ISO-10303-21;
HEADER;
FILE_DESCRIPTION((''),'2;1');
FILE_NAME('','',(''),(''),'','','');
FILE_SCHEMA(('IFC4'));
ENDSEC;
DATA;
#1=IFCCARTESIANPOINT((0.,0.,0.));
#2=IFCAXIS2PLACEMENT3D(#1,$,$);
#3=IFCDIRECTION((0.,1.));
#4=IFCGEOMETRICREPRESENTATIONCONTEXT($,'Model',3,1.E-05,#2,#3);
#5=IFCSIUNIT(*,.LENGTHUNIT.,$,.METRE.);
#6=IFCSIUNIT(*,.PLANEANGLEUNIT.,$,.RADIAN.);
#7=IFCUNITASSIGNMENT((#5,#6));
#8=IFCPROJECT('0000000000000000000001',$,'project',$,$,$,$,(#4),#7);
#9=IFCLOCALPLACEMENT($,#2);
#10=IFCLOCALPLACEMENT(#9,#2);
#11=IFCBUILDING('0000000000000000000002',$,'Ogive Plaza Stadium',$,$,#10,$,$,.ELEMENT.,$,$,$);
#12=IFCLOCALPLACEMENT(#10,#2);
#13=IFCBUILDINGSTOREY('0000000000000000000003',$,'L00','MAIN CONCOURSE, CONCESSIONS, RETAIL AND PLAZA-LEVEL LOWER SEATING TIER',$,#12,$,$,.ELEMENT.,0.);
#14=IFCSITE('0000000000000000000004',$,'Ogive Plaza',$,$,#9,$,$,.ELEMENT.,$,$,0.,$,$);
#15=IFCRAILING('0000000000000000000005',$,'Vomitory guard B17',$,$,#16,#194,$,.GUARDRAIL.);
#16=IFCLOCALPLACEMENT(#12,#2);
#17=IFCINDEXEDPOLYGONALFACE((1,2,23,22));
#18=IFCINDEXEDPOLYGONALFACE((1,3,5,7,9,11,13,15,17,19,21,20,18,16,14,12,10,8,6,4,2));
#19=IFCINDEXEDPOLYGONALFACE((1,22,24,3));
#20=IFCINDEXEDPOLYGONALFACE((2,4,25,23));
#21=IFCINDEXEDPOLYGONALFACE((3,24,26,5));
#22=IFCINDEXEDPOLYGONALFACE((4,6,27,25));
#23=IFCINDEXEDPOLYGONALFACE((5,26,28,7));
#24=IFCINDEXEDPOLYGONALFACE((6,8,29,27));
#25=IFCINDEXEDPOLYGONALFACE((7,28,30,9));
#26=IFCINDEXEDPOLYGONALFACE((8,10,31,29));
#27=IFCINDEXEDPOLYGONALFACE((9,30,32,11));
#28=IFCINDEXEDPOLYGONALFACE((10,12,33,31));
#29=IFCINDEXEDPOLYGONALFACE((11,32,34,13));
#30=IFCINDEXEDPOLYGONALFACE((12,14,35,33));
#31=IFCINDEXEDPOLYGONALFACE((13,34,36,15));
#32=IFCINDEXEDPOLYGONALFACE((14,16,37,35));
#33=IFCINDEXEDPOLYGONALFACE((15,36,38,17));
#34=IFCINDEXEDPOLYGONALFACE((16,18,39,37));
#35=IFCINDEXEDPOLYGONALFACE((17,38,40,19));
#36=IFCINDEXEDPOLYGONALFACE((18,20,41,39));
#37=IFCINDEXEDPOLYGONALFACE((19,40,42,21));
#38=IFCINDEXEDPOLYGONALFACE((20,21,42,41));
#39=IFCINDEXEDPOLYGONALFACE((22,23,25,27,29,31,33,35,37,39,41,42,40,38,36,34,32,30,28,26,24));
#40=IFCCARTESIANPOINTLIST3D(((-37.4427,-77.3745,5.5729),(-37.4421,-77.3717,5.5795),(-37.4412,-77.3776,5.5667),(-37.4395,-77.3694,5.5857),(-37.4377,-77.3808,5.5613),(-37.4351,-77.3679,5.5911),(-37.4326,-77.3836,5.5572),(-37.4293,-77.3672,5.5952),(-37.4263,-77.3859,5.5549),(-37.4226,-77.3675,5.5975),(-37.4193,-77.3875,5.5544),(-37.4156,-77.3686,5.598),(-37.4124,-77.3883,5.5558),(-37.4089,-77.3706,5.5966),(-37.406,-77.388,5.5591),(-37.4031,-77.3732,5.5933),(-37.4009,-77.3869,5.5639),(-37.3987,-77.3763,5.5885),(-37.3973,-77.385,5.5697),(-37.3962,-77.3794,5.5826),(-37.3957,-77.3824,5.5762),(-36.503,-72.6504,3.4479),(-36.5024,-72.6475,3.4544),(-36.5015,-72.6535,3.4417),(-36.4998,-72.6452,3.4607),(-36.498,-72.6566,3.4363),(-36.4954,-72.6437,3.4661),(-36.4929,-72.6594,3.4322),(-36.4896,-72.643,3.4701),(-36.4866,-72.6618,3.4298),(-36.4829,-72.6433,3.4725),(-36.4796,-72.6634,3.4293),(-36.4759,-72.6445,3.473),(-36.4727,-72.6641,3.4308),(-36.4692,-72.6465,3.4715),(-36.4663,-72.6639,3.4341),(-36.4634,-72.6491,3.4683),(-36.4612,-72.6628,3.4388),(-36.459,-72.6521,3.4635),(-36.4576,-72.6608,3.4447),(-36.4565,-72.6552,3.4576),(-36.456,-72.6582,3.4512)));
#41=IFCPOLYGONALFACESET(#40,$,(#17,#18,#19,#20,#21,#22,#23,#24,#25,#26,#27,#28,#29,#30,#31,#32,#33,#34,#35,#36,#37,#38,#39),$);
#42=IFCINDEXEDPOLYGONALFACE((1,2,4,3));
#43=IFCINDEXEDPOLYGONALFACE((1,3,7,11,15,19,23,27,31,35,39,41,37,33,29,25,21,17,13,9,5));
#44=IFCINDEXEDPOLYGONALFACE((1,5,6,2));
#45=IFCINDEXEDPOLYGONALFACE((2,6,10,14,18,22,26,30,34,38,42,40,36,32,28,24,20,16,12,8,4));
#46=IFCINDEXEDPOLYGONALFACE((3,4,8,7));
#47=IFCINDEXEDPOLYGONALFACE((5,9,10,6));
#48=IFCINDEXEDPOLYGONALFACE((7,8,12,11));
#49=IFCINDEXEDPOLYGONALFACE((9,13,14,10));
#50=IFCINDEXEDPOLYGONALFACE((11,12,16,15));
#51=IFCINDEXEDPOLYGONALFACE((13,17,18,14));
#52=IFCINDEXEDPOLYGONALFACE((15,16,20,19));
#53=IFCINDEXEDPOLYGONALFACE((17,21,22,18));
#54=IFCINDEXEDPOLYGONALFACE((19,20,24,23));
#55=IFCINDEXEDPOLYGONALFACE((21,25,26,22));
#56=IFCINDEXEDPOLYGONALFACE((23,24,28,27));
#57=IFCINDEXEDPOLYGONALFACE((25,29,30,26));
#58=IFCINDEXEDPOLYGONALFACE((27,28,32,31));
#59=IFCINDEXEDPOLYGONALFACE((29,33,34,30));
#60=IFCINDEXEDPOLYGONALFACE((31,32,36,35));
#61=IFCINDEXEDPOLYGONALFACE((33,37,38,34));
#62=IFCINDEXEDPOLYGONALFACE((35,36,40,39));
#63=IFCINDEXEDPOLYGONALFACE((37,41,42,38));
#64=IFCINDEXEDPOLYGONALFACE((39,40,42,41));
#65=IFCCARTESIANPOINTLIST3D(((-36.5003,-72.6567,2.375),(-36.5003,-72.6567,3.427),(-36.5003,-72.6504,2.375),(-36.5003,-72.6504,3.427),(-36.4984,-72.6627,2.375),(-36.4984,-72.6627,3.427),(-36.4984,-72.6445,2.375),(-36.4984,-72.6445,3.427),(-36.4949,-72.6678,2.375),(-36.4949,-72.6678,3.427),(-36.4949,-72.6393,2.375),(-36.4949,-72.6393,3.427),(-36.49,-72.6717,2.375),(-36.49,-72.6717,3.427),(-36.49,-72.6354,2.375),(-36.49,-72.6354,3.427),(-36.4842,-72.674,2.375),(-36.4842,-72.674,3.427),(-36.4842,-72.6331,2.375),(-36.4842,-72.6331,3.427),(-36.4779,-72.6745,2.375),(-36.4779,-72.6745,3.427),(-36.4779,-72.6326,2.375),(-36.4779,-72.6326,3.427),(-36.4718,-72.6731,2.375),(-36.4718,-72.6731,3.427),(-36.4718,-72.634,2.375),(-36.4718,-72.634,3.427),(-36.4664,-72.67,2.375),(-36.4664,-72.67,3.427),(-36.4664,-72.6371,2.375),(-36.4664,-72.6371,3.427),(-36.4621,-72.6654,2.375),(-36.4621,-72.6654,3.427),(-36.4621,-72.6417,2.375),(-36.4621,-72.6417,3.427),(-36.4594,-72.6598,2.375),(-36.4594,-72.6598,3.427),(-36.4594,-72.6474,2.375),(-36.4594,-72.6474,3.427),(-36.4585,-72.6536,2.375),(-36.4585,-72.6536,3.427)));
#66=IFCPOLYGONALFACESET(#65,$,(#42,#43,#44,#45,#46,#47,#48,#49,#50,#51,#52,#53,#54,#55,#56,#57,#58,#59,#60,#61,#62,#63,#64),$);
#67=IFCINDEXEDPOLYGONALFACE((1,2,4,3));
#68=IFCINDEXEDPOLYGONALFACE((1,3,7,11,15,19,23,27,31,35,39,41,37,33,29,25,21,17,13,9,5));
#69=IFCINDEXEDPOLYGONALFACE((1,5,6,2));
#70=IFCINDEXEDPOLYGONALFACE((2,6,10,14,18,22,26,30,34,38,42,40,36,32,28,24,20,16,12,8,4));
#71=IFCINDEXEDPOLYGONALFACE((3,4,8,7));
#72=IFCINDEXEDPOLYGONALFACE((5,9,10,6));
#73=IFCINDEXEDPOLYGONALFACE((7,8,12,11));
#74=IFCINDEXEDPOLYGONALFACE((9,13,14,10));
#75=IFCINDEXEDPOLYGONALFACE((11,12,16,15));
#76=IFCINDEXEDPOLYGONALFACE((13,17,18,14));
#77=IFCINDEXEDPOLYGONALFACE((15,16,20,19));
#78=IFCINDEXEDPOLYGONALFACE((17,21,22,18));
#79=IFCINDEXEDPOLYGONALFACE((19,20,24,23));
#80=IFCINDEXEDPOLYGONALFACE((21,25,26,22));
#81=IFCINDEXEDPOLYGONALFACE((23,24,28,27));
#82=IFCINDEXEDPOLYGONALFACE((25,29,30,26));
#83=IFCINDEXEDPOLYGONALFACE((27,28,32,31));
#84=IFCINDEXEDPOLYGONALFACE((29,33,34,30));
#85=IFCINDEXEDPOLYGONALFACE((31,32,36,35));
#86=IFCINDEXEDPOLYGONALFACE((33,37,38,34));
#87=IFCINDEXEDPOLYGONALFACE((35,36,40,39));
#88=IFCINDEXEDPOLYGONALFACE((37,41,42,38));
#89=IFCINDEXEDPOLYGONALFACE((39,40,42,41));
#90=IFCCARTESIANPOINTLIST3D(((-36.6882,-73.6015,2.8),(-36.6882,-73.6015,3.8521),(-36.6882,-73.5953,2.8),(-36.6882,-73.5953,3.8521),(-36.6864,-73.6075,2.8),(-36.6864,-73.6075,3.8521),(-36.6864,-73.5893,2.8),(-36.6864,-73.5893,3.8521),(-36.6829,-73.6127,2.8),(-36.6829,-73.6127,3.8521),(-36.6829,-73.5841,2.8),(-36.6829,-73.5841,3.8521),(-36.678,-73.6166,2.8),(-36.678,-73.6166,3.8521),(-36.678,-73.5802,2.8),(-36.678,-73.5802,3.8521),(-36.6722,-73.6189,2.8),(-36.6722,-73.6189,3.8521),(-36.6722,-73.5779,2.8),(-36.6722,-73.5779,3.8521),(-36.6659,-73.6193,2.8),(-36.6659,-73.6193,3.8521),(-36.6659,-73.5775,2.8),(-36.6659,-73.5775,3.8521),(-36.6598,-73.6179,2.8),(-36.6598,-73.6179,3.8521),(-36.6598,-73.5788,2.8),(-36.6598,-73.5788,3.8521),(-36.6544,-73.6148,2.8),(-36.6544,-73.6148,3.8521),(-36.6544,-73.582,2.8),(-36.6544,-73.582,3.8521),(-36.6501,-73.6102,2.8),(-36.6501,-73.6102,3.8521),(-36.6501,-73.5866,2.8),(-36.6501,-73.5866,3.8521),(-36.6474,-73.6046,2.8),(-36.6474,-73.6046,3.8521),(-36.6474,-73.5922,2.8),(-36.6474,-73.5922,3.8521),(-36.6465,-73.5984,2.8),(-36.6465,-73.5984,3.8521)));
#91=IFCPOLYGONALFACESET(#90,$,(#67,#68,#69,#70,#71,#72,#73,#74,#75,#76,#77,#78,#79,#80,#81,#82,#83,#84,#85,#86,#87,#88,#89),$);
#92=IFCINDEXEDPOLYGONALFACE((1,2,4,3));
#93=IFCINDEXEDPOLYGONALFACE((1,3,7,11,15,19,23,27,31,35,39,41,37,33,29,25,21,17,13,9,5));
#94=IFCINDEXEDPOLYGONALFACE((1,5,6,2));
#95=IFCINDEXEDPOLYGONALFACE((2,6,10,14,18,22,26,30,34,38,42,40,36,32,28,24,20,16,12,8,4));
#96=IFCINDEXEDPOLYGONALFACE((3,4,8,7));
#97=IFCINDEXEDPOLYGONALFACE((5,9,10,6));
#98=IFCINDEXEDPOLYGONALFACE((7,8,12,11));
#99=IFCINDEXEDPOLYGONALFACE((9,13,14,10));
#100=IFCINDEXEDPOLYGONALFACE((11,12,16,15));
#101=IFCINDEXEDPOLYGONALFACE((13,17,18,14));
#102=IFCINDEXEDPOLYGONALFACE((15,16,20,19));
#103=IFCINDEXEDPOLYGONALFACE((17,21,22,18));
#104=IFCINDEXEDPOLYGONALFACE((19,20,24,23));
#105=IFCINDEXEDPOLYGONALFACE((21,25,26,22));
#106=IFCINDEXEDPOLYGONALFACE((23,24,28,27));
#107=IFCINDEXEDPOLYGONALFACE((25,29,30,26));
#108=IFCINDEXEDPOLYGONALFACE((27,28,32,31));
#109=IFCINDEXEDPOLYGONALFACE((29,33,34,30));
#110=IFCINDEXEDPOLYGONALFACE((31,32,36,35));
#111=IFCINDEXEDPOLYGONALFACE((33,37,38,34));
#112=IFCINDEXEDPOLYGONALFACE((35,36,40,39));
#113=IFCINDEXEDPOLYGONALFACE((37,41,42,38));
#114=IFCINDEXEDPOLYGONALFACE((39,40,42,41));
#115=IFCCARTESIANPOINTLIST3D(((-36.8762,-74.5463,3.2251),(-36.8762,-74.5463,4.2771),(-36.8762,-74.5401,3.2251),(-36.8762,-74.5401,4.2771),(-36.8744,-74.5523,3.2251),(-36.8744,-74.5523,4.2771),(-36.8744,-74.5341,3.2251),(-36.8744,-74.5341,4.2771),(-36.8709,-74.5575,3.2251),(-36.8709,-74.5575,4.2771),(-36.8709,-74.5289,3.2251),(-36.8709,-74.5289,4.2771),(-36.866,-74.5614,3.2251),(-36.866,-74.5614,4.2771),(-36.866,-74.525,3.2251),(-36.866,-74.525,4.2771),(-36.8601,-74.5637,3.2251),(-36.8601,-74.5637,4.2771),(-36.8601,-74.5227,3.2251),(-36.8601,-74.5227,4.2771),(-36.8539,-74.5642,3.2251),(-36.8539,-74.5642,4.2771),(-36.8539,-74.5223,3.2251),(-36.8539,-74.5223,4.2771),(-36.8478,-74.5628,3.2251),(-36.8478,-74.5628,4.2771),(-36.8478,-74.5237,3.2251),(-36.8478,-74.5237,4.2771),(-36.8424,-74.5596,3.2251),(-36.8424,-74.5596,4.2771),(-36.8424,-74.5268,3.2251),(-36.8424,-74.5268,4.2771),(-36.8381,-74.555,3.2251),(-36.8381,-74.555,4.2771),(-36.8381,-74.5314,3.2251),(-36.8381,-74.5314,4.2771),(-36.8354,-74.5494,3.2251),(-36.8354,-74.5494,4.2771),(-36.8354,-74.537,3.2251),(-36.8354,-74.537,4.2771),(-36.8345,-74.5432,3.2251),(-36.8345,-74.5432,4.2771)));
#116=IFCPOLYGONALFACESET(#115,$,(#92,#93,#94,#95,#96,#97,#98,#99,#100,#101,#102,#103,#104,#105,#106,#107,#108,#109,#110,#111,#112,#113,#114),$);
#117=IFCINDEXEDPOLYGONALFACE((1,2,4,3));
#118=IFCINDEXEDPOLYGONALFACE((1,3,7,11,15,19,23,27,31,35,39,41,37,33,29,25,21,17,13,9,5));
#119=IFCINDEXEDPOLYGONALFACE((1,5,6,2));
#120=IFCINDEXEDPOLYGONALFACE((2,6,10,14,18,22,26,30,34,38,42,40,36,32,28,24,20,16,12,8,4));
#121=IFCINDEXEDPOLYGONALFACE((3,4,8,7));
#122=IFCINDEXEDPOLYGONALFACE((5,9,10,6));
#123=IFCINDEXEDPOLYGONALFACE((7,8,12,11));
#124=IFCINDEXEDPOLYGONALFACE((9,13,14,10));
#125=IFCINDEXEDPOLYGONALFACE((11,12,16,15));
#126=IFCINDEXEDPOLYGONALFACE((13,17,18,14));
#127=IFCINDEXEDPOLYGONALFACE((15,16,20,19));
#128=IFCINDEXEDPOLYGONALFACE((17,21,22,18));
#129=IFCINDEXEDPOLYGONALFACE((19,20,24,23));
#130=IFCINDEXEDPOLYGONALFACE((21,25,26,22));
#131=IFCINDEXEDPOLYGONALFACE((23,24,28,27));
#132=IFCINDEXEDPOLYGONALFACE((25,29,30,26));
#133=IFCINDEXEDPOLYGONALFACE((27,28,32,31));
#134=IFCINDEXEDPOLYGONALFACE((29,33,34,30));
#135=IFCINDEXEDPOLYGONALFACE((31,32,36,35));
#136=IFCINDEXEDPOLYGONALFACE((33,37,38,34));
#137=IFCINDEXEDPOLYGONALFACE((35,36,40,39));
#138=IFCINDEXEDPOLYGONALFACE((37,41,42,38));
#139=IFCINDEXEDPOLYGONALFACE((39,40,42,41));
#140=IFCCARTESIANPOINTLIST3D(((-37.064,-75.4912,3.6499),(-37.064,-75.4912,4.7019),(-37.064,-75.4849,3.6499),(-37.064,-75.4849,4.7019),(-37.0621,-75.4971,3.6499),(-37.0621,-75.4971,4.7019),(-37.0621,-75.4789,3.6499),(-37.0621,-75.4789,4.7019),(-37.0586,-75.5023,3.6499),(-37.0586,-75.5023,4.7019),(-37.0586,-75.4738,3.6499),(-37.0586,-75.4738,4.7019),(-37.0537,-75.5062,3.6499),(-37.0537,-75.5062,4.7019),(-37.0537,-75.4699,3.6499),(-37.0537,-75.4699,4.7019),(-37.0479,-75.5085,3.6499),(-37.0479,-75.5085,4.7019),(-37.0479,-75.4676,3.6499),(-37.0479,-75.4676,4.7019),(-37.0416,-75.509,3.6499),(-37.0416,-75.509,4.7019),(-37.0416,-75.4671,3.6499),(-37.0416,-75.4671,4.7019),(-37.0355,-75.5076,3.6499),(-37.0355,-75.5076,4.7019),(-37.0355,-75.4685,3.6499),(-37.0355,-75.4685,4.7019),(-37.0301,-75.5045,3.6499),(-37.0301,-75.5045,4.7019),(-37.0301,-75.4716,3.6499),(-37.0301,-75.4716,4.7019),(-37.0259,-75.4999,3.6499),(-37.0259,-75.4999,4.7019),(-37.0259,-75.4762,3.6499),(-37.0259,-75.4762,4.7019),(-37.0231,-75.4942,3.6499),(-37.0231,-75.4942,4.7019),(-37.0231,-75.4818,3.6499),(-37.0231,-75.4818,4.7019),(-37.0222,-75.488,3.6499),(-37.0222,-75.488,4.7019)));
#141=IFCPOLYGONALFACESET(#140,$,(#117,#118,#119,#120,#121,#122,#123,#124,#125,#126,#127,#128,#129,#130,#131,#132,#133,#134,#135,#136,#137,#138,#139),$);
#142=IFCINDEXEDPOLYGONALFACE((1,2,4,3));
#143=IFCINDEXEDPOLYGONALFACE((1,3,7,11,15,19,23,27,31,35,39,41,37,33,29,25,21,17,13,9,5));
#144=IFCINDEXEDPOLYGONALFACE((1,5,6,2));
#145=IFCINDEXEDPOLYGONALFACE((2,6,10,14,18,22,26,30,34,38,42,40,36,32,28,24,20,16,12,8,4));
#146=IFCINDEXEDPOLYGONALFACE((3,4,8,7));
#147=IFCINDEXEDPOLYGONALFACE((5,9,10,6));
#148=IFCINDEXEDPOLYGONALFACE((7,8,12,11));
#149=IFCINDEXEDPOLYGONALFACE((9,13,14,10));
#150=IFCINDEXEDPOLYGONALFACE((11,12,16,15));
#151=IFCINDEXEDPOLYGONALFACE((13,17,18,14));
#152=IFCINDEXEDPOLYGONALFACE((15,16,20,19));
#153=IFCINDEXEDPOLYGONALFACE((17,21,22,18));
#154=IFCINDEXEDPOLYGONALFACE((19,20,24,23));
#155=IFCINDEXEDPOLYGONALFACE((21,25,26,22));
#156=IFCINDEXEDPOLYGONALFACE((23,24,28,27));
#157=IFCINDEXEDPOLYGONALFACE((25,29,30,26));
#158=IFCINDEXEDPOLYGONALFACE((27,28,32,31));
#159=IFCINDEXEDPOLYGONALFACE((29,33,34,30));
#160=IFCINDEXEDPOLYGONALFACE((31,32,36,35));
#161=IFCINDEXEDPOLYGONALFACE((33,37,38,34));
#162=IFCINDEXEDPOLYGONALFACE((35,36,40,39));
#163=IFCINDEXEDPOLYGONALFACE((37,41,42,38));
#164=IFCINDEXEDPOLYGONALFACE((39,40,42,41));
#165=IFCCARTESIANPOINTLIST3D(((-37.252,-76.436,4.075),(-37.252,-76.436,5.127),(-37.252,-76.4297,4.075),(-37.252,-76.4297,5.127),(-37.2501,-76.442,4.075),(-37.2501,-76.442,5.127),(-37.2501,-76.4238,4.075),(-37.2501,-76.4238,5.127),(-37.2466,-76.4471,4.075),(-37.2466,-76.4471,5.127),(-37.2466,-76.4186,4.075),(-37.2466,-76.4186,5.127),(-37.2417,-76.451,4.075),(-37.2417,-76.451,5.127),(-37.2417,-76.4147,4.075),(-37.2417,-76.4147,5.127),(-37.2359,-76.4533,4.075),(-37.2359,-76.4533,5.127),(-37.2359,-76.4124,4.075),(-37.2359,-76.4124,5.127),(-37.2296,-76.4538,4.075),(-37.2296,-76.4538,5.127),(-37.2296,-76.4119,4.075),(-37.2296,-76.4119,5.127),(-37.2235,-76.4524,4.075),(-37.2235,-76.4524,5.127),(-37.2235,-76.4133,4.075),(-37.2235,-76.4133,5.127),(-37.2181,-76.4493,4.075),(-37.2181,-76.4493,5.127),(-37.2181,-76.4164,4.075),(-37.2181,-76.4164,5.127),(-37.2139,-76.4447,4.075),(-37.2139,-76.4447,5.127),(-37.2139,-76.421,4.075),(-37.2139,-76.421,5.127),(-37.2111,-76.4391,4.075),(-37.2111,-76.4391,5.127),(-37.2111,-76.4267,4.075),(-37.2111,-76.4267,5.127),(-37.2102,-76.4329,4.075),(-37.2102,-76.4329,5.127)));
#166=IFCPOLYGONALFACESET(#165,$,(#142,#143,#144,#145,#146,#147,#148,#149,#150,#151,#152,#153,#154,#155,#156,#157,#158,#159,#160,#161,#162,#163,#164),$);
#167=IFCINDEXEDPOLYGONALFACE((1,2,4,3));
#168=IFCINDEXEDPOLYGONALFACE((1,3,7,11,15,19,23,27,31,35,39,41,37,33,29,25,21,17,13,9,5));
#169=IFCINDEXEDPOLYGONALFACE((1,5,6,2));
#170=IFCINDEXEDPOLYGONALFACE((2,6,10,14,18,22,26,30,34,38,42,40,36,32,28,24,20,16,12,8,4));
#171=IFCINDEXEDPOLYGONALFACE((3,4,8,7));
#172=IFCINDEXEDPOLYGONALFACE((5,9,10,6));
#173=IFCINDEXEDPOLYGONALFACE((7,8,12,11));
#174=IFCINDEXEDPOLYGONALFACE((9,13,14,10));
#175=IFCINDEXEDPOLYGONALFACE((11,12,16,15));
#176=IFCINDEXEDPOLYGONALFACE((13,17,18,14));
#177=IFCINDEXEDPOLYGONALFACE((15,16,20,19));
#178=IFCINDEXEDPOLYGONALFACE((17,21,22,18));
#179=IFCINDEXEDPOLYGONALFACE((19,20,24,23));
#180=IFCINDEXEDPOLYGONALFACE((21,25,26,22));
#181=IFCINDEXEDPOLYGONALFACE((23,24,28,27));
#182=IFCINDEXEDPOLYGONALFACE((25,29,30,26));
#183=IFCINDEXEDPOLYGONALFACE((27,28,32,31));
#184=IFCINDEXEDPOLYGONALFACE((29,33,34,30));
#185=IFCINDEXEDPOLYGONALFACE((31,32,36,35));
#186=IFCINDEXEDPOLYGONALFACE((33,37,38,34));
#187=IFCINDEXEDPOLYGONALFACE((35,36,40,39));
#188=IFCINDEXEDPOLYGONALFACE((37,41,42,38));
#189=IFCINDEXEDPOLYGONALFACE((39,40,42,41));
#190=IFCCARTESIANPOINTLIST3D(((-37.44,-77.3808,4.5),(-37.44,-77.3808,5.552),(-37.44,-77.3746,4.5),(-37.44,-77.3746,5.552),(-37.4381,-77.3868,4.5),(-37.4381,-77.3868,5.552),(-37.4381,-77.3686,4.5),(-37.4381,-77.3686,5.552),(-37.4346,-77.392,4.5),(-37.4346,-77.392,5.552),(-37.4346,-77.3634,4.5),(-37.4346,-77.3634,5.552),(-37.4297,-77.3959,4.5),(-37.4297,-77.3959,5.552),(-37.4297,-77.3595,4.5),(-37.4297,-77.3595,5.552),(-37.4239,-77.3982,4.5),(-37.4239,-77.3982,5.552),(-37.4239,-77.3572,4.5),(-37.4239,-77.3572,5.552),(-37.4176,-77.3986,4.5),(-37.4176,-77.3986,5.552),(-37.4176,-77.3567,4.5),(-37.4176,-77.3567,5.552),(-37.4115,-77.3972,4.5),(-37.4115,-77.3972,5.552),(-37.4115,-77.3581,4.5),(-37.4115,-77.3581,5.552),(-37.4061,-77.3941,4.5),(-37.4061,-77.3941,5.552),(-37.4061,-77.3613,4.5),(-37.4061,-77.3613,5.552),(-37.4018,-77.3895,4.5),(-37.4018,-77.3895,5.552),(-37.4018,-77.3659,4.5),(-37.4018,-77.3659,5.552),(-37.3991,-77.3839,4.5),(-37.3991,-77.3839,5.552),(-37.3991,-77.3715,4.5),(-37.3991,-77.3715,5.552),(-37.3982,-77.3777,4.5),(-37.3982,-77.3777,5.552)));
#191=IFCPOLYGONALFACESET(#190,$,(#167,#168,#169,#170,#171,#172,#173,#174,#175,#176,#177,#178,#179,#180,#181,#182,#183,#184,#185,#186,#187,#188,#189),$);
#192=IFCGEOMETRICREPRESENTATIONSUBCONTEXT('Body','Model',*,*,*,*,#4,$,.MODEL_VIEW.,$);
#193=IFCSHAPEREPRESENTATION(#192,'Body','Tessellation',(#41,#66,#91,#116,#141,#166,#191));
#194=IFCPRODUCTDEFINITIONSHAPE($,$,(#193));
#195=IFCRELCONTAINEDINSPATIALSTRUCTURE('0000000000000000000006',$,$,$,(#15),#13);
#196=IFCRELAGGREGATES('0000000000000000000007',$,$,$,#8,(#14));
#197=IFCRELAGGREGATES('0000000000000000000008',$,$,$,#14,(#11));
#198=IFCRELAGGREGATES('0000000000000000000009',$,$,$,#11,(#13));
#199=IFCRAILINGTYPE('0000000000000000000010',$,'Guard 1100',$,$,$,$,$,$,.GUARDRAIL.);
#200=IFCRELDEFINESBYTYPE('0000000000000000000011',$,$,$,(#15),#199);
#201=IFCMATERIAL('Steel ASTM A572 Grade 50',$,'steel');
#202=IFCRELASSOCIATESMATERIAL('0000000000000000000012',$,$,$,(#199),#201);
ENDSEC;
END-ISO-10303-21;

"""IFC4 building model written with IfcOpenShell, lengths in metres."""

from ifc_helpers import new_model, si_unit, direction, frame, origin, origin_2d, place, context, subcontext, project, spatial, circle, extrude, material, type_object, element, save


model = new_model("IFC4")

# Units and contexts
model_context = context("Model", 3, precision=1e-05, world=origin(), true_north=direction((0.0, 1.0)))
body_context = subcontext(model_context, "Body", "Model", "MODEL_VIEW")
ifc_project = project(units=[si_unit("LENGTHUNIT", "METRE"), si_unit("PLANEANGLEUNIT", "RADIAN")], contexts=[model_context])

# Site, building, storey
site_placement = place(None, origin())
site = spatial("IfcSite", under=ifc_project, at=site_placement, Name="Ogive Plaza", CompositionType="ELEMENT", RefElevation=0.0)
building_placement = place(site_placement, origin())
building = spatial("IfcBuilding", under=site, at=building_placement, Name="Ogive Plaza Stadium", CompositionType="ELEMENT")
storey_placement = place(building_placement, origin())
storey = spatial("IfcBuildingStorey", under=building, at=storey_placement, Name="L00", Description="MAIN CONCOURSE, CONCESSIONS, RETAIL AND PLAZA-LEVEL LOWER SEATING TIER", CompositionType="ELEMENT", Elevation=0.0)

# Railing
ifc_material_1 = material(Name="Steel ASTM A572 Grade 50", Category="steel")
railing_type = type_object("IfcRailingType", Name="Guard 1100", PredefinedType="GUARDRAIL", material=ifc_material_1)
for number, where, name in (
    (1, (-36.4795, -72.6536, 2.375), "Vomitory guard B17"),
):
    element("IfcRailing", number, at=place(storey_placement, frame(where)), inside=storey, type_object=railing_type, Name=name, PredefinedType="GUARDRAIL", context=body_context, shape_type="SweptSolid", body=[
        extrude(circle(Radius=0.0239, at=origin_2d()), frame((0.0, 0.0, 1.0762), z_axis=(-0.178494, -0.897338, 0.40364), x_axis=(0.980785, -0.195093, 0.0)), (0.0, 0.0, 1.0), 5.2646),
        extrude(circle(Radius=0.021, at=origin_2d()), origin(), (0.0, 0.0, 1.0), 1.052),
        extrude(circle(Radius=0.021, at=origin_2d()), frame((-0.188, -0.9448, 0.425)), (0.0, 0.0, 1.0), 1.052),
        extrude(circle(Radius=0.021, at=origin_2d()), frame((-0.376, -1.8896, 0.8501)), (0.0, 0.0, 1.0), 1.052),
        extrude(circle(Radius=0.021, at=origin_2d()), frame((-0.5637, -2.8345, 1.2749)), (0.0, 0.0, 1.0), 1.052),
        extrude(circle(Radius=0.021, at=origin_2d()), frame((-0.7517, -3.7793, 1.7)), (0.0, 0.0, 1.0), 1.052),
        extrude(circle(Radius=0.021, at=origin_2d()), frame((-0.9397, -4.7241, 2.125)), (0.0, 0.0, 1.0), 1.052),
    ])

save(model, "model.ifc")
